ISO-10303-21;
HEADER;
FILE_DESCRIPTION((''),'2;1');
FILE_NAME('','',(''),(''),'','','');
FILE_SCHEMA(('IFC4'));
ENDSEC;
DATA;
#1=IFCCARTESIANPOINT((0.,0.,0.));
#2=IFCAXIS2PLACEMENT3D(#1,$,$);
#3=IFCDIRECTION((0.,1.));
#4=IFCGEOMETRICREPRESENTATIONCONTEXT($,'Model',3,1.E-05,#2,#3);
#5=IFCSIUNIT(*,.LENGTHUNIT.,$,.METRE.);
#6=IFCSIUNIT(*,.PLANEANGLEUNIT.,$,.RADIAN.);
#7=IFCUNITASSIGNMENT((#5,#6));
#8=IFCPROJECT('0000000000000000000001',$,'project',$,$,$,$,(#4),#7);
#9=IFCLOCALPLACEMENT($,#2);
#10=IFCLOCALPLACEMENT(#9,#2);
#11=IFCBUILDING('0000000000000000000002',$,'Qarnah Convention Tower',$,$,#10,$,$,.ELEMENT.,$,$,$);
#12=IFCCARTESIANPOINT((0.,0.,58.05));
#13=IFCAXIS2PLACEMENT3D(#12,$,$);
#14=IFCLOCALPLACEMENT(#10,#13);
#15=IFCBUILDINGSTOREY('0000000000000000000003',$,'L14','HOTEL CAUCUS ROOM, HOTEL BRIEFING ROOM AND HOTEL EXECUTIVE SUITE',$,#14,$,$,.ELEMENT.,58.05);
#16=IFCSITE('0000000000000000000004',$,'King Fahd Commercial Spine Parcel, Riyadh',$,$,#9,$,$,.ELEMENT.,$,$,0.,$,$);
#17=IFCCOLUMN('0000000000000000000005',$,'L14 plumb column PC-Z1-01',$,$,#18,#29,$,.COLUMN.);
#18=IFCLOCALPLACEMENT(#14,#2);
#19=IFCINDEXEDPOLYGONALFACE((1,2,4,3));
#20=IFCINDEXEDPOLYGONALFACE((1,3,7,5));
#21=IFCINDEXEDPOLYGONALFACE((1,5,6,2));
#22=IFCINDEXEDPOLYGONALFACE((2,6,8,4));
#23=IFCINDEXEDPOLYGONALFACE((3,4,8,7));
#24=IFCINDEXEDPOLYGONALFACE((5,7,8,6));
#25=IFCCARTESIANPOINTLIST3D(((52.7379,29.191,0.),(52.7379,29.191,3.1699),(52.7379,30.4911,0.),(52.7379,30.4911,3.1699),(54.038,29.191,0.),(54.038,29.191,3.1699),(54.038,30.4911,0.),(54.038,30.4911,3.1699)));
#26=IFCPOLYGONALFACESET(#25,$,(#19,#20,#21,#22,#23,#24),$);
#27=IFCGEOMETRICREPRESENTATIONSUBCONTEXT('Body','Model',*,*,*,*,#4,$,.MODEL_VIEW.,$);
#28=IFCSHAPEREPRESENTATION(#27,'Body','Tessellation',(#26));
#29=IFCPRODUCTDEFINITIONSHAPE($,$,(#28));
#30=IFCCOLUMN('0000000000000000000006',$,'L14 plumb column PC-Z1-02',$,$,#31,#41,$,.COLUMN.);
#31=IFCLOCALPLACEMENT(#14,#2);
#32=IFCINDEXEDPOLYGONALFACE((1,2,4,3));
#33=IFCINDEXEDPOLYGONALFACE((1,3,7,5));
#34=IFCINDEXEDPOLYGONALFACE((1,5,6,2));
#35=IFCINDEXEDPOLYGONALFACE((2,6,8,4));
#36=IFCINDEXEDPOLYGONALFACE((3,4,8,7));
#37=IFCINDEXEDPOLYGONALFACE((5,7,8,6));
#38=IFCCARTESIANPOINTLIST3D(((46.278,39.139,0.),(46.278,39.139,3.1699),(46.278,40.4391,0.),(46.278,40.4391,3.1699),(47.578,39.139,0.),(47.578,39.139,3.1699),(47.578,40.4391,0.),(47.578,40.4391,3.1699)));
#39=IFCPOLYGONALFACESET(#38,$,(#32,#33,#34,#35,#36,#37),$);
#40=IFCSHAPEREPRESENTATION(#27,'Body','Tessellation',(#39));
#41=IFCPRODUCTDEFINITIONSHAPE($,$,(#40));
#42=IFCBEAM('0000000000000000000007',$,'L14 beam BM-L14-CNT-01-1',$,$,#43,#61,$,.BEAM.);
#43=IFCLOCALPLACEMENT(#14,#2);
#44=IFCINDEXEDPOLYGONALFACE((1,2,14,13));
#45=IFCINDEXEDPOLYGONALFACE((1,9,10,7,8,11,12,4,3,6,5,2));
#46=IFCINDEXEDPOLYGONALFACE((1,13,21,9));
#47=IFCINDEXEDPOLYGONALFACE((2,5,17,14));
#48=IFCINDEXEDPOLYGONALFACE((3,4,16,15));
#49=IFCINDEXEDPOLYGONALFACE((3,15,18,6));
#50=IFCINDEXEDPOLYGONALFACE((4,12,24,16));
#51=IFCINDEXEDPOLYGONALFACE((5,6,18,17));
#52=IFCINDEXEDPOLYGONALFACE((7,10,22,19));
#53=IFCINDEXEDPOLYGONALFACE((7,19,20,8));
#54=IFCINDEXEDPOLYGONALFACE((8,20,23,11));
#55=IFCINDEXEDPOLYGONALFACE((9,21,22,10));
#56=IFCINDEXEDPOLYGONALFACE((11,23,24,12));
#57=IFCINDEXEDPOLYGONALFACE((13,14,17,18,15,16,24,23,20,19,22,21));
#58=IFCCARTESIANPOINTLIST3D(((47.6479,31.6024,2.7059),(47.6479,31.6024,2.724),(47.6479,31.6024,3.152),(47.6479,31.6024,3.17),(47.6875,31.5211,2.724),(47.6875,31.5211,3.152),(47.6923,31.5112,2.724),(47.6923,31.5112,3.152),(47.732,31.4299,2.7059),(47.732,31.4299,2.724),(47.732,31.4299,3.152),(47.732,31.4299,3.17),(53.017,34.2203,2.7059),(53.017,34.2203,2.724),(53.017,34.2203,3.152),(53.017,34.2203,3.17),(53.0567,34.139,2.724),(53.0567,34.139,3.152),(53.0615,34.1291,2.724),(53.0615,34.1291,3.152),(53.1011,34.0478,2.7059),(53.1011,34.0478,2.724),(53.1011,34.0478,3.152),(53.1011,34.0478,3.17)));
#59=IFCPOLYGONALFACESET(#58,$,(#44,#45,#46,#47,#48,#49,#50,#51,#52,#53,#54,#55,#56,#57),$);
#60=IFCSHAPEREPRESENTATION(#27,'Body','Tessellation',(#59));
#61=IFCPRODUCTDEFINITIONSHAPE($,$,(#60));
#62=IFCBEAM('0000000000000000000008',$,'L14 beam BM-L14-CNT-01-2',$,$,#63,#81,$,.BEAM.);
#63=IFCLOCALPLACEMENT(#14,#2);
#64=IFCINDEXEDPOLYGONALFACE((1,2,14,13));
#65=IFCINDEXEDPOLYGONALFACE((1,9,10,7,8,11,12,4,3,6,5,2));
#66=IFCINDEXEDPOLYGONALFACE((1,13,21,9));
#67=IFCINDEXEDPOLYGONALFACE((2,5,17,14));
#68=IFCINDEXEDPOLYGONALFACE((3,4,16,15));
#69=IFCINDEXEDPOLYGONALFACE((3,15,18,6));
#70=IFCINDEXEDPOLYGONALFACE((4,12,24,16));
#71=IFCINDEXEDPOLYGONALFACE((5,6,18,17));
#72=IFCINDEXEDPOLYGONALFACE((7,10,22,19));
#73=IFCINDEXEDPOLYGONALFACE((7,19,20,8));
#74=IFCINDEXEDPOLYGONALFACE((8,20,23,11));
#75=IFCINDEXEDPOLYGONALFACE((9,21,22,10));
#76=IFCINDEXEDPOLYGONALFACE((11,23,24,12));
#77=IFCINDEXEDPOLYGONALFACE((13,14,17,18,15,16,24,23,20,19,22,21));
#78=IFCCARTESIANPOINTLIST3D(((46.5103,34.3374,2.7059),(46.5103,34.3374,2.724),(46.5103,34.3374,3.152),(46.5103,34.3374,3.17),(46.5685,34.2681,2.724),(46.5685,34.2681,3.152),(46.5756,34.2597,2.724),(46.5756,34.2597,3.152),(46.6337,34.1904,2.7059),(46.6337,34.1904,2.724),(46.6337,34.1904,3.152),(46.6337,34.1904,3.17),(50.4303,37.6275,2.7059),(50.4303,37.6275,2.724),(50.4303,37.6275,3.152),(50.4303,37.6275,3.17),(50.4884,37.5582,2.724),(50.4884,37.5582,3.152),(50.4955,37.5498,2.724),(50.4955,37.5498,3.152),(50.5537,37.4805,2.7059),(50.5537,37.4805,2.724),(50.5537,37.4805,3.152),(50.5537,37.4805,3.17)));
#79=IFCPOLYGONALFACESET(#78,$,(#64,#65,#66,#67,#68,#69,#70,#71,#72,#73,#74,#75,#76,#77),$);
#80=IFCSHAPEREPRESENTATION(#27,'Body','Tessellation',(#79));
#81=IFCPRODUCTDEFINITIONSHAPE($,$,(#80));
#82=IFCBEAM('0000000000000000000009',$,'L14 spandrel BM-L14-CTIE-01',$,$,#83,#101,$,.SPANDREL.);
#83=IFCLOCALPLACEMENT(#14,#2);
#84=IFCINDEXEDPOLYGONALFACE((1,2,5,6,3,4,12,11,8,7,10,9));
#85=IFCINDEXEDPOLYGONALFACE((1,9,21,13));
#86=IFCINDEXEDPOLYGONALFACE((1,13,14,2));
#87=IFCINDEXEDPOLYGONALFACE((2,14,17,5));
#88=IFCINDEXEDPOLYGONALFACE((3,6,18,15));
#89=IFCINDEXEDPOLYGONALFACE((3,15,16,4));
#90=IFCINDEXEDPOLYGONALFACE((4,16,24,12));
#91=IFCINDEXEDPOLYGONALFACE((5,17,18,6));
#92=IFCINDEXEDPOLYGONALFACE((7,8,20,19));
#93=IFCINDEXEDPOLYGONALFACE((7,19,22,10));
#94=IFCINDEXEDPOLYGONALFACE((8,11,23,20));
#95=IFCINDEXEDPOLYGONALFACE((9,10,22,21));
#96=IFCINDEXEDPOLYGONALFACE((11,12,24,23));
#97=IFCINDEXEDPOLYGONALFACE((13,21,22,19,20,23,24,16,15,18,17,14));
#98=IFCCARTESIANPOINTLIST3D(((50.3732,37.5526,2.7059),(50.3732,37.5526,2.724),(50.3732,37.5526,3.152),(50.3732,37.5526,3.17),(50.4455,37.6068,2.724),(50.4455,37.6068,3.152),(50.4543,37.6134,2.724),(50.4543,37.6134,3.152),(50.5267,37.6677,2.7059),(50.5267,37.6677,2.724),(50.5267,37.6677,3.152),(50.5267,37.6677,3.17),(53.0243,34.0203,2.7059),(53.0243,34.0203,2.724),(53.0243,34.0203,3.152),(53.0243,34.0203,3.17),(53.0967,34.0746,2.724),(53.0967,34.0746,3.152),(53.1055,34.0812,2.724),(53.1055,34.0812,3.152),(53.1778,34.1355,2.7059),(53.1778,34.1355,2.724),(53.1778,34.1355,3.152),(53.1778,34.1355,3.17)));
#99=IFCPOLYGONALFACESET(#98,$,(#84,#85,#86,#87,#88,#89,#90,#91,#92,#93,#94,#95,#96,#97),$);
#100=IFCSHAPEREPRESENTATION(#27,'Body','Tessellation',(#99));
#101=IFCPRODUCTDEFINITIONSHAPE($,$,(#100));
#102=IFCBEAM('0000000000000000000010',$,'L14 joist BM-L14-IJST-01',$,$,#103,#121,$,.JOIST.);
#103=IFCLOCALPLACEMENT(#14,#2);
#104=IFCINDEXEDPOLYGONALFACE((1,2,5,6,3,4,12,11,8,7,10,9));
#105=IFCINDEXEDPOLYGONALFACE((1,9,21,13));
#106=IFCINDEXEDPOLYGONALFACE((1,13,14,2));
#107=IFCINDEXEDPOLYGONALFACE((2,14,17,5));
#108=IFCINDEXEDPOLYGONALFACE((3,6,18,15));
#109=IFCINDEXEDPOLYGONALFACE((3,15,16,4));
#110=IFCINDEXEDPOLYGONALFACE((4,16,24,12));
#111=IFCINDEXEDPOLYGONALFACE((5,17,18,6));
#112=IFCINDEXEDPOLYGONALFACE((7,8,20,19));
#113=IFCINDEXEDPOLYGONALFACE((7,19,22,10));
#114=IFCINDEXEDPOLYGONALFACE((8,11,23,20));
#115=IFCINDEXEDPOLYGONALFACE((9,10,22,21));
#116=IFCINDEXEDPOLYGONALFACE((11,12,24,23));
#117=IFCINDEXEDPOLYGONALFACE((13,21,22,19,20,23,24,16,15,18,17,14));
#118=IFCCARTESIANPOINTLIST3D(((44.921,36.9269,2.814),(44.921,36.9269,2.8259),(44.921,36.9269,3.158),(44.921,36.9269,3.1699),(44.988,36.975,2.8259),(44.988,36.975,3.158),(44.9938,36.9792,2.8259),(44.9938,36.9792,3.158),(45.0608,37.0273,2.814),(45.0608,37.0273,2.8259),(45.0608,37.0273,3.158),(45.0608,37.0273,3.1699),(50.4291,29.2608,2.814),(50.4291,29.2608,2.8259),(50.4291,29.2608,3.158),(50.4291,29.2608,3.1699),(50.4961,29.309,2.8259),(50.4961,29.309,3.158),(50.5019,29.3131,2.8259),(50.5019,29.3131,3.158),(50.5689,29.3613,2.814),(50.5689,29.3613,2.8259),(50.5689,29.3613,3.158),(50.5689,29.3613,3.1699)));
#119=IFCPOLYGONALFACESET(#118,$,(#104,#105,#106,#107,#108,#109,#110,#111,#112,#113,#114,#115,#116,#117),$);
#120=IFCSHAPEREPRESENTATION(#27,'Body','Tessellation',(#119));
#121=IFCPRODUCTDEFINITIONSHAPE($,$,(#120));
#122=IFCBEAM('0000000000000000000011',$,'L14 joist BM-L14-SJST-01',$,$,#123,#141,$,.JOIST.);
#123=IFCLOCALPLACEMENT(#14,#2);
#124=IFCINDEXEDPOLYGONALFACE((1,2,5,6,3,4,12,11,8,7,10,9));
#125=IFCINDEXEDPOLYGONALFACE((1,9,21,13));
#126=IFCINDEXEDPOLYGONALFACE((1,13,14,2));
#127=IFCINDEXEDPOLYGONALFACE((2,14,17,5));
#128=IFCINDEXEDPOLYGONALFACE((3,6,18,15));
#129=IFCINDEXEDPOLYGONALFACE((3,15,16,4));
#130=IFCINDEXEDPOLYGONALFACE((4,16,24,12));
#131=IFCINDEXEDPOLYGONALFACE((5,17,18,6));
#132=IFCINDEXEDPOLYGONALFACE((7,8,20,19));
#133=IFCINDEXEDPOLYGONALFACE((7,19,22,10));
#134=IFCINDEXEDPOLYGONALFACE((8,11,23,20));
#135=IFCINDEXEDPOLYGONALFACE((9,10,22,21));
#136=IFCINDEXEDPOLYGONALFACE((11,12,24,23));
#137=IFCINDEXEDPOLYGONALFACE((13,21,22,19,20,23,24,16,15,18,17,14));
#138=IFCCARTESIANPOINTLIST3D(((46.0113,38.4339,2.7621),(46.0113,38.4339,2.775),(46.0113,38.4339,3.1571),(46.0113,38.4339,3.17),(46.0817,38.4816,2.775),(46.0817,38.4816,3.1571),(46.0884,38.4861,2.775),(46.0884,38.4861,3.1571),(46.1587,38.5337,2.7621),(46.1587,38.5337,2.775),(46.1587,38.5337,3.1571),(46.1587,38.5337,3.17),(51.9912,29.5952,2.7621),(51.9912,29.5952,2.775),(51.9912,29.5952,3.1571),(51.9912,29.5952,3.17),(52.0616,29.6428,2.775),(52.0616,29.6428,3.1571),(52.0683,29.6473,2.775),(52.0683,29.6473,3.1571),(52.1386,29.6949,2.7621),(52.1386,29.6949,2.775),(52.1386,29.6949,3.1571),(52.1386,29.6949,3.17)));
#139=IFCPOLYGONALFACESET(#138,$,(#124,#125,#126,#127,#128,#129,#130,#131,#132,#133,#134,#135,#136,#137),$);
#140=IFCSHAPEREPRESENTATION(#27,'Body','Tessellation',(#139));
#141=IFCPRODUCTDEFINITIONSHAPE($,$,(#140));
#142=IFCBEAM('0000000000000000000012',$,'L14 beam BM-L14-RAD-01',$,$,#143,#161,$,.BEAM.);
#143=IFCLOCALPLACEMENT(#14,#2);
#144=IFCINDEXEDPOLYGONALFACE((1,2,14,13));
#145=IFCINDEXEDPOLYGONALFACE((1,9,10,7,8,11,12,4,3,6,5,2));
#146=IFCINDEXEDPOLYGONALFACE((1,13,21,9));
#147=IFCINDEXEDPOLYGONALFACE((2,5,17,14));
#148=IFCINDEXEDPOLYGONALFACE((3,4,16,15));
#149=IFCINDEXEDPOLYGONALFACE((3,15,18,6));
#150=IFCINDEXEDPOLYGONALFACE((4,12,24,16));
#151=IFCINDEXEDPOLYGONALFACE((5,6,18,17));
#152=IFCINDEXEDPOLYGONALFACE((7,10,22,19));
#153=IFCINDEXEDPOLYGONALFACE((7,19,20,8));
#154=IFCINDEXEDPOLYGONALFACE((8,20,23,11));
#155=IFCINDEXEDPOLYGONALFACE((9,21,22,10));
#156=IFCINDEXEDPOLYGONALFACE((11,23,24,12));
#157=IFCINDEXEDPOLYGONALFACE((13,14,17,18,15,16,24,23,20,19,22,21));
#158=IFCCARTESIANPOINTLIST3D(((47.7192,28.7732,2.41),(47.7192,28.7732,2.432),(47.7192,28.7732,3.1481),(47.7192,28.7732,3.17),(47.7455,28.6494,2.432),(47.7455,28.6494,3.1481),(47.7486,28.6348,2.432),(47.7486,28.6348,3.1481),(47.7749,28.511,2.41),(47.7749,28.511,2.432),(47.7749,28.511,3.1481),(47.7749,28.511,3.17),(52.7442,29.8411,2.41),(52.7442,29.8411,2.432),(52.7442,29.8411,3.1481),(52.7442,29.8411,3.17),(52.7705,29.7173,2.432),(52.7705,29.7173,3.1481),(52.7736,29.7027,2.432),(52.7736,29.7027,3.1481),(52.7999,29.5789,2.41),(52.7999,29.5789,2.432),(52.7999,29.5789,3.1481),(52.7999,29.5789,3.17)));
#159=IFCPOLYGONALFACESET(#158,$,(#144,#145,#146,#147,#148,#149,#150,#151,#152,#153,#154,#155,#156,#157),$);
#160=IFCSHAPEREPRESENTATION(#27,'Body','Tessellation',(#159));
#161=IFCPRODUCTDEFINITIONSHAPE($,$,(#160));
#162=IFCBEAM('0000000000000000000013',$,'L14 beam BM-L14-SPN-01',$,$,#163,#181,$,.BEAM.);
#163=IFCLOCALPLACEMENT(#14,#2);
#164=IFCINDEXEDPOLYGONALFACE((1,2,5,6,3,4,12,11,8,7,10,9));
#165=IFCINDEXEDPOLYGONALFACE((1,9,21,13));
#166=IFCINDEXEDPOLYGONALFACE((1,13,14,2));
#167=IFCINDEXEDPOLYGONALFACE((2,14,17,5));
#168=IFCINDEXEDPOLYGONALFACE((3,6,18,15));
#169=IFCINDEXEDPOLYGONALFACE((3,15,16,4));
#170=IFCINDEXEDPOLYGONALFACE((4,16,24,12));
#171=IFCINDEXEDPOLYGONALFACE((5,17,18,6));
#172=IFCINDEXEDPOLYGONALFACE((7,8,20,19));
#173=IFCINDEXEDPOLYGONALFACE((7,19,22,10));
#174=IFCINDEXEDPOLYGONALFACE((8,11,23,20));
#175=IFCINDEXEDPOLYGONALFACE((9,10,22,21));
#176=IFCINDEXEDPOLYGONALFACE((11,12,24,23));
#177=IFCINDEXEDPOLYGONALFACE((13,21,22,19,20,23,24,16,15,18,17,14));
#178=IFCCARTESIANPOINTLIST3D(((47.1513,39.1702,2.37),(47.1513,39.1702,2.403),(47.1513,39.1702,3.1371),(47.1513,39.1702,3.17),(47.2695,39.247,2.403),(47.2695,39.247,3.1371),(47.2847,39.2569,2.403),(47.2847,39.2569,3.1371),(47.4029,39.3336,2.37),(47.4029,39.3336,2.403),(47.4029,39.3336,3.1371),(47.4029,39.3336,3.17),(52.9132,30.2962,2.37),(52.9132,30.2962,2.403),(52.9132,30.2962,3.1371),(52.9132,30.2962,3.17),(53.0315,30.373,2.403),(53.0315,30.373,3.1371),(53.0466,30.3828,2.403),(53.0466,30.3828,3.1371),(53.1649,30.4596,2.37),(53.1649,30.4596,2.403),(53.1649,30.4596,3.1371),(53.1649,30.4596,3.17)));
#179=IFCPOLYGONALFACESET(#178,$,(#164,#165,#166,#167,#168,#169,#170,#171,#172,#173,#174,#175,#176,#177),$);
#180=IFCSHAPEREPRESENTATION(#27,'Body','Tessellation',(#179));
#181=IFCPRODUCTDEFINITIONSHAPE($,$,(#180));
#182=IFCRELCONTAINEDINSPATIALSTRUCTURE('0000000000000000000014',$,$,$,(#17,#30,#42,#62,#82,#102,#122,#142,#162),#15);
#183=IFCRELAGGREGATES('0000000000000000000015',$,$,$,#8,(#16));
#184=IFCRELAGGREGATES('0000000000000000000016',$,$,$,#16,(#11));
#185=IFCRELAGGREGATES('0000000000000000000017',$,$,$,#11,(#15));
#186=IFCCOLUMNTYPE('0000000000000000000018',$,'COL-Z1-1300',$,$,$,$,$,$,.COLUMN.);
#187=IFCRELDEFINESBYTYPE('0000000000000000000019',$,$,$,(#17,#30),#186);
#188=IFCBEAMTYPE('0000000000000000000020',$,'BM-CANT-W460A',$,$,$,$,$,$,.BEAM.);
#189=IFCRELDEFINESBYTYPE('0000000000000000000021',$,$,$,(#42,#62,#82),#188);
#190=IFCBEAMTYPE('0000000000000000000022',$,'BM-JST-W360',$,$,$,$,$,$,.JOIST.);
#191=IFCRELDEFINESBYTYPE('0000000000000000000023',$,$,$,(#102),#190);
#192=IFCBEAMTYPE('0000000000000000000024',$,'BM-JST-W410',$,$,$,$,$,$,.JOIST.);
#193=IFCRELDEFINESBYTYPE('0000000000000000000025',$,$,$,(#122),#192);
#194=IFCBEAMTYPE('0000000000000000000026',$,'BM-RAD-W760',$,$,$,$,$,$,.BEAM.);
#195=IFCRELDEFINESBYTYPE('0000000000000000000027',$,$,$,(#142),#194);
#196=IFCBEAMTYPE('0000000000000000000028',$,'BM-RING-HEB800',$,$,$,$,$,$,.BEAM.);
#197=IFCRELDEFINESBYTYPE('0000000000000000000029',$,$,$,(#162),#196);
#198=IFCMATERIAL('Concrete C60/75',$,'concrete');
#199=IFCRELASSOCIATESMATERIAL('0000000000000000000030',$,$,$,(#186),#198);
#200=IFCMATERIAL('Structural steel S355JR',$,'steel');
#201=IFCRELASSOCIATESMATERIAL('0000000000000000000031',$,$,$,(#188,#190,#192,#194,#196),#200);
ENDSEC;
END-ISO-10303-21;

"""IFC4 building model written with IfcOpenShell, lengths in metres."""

from ifc_helpers import new_model, si_unit, direction, frame, origin, origin_2d, place, context, subcontext, project, spatial, rectangle, i_section, extrude, material, material_profile, profile_set, type_object, element, save


model = new_model("IFC4")

# Units and contexts
model_context = context("Model", 3, precision=1e-05, world=origin(), true_north=direction((0.0, 1.0)))
body_context = subcontext(model_context, "Body", "Model", "MODEL_VIEW")
ifc_project = project(units=[si_unit("LENGTHUNIT", "METRE"), si_unit("PLANEANGLEUNIT", "RADIAN")], contexts=[model_context])

# Site, building, storey
site_placement = place(None, origin())
site = spatial("IfcSite", under=ifc_project, at=site_placement, Name="King Fahd Commercial Spine Parcel, Riyadh", CompositionType="ELEMENT", RefElevation=0.0)
building_placement = place(site_placement, origin())
building = spatial("IfcBuilding", under=site, at=building_placement, Name="Qarnah Convention Tower", CompositionType="ELEMENT")
storey_placement = place(building_placement, frame((0.0, 0.0, 58.05)))
storey = spatial("IfcBuildingStorey", under=building, at=storey_placement, Name="L14", Description="HOTEL CAUCUS ROOM, HOTEL BRIEFING ROOM AND HOTEL EXECUTIVE SUITE", CompositionType="ELEMENT", Elevation=58.05)

# Columns
ifc_material_1 = material(Name="Concrete C60/75", Category="concrete")
ifc_material_profile_1 = material_profile(ifc_material_1, rectangle(XDim=1.3, YDim=1.3, at=origin_2d()), Name="RC-COL-1300X1300")
ifc_profile_set_1 = profile_set([ifc_material_profile_1], Name="Concrete C60/75")
column_type = type_object("IfcColumnType", Name="COL-Z1-1300", PredefinedType="COLUMN", material=ifc_profile_set_1)
for number, where, z_axis, x_axis, name in (
    (1, (53.3879, 29.8411, 0.0), (0.0, 0.0, 1.0), (1.0, 0.0, 0.0), "L14 plumb column PC-Z1-01"),
    (2, (46.928, 39.7891, 0.0), (0.0, 0.0, 1.0), (1.0, 0.0, 0.0), "L14 plumb column PC-Z1-02"),
):
    element("IfcColumn", number, at=place(storey_placement, frame(where, z_axis=z_axis, x_axis=x_axis)), inside=storey, type_object=column_type, Name=name, PredefinedType="COLUMN", context=body_context, shape_type="SweptSolid", body=[
        extrude(rectangle(XDim=1.3, YDim=1.3, at=origin_2d()), origin(), (0.0, 0.0, 1.0), 3.1699),
    ])

# Beams
ifc_material_2 = material(Name="Structural steel S355JR", Category="steel")
ifc_material_profile_2 = material_profile(ifc_material_2, i_section(OverallWidth=0.1919, OverallDepth=0.4641, WebThickness=0.011, FlangeThickness=0.0181, at=origin_2d()), Name="W460X89")
ifc_profile_set_2 = profile_set([ifc_material_profile_2], Name="Structural steel S355JR")
beam_type_1 = type_object("IfcBeamType", Name="BM-CANT-W460A", PredefinedType="BEAM", material=ifc_profile_set_2)
beam_1_placement = place(storey_placement, frame((47.6899, 31.5161, 2.938), z_axis=(0.898846, 0.438265, 0.0), x_axis=(-0.438265, 0.898846, 0.0)))
element("IfcBeam", 3, at=beam_1_placement, inside=storey, type_object=beam_type_1, Name="L14 beam BM-L14-CNT-01-1", PredefinedType="BEAM", context=body_context, shape_type="SweptSolid", body=[
    extrude(i_section(OverallWidth=0.1919, OverallDepth=0.4641, WebThickness=0.011, FlangeThickness=0.0181, at=origin_2d()), origin(), (0.0, 0.0, 1.0), 5.9734),
])
beam_2_placement = place(storey_placement, frame((46.572, 34.2639, 2.938), z_axis=(0.765964, 0.642883, 0.0), x_axis=(-0.642883, 0.765964, 0.0)))
element("IfcBeam", 4, at=beam_2_placement, inside=storey, type_object=beam_type_1, Name="L14 beam BM-L14-CNT-01-2", PredefinedType="BEAM", context=body_context, shape_type="SweptSolid", body=[
    extrude(i_section(OverallWidth=0.1919, OverallDepth=0.4641, WebThickness=0.011, FlangeThickness=0.0181, at=origin_2d()), origin(), (0.0, 0.0, 1.0), 5.1177),
])
beam_3_placement = place(storey_placement, frame((53.1011, 34.0779, 2.938), z_axis=(-0.600283, 0.799788, 0.0), x_axis=(-0.799788, -0.600283, 0.0)))
element("IfcBeam", 5, at=beam_3_placement, inside=storey, type_object=beam_type_1, Name="L14 spandrel BM-L14-CTIE-01", PredefinedType="SPANDREL", context=body_context, shape_type="SweptSolid", body=[
    extrude(i_section(OverallWidth=0.1919, OverallDepth=0.4641, WebThickness=0.011, FlangeThickness=0.0181, at=origin_2d()), origin(), (0.0, 0.0, 1.0), 4.4165),
])
ifc_material_profile_3 = material_profile(ifc_material_2, i_section(OverallWidth=0.1721, OverallDepth=0.356, WebThickness=0.0071, FlangeThickness=0.012, at=origin_2d()), Name="W360X51")
ifc_profile_set_3 = profile_set([ifc_material_profile_3], Name="Structural steel S355JR")
beam_type_2 = type_object("IfcBeamType", Name="BM-JST-W360", PredefinedType="JOIST", material=ifc_profile_set_3)
beam_4_placement = place(storey_placement, frame((50.499, 29.311, 2.9919), z_axis=(-0.583504, 0.81211, 0.0), x_axis=(-0.81211, -0.583504, 0.0)))
element("IfcBeam", 6, at=beam_4_placement, inside=storey, type_object=beam_type_2, Name="L14 joist BM-L14-IJST-01", PredefinedType="JOIST", context=body_context, shape_type="SweptSolid", body=[
    extrude(i_section(OverallWidth=0.1721, OverallDepth=0.356, WebThickness=0.0071, FlangeThickness=0.012, at=origin_2d()), origin(), (0.0, 0.0, 1.0), 9.4397),
])
ifc_material_profile_4 = material_profile(ifc_material_2, i_section(OverallWidth=0.178, OverallDepth=0.408, WebThickness=0.0081, FlangeThickness=0.0129, at=origin_2d()), Name="W410X60")
ifc_profile_set_4 = profile_set([ifc_material_profile_4], Name="Structural steel S355JR")
beam_type_3 = type_object("IfcBeamType", Name="BM-JST-W410", PredefinedType="JOIST", material=ifc_profile_set_4)
beam_5_placement = place(storey_placement, frame((52.0649, 29.645, 2.9661), z_axis=(-0.560357, 0.828251, 0.0), x_axis=(-0.828251, -0.560357, 0.0)))
element("IfcBeam", 7, at=beam_5_placement, inside=storey, type_object=beam_type_3, Name="L14 joist BM-L14-SJST-01", PredefinedType="JOIST", context=body_context, shape_type="SweptSolid", body=[
    extrude(i_section(OverallWidth=0.178, OverallDepth=0.408, WebThickness=0.0081, FlangeThickness=0.0129, at=origin_2d()), origin(), (0.0, 0.0, 1.0), 10.6716),
])
ifc_material_profile_5 = material_profile(ifc_material_2, i_section(OverallWidth=0.2681, OverallDepth=0.76, WebThickness=0.0149, FlangeThickness=0.022, at=origin_2d()), Name="W760X185")
ifc_profile_set_5 = profile_set([ifc_material_profile_5], Name="Structural steel S355JR")
beam_type_4 = type_object("IfcBeamType", Name="BM-RAD-W760", PredefinedType="BEAM", material=ifc_profile_set_5)
beam_6_placement = place(storey_placement, frame((47.7471, 28.6421, 2.79), z_axis=(0.978156, 0.207874, 0.0), x_axis=(-0.207874, 0.978156, 0.0)))
element("IfcBeam", 8, at=beam_6_placement, inside=storey, type_object=beam_type_4, Name="L14 beam BM-L14-RAD-01", PredefinedType="BEAM", context=body_context, shape_type="SweptSolid", body=[
    extrude(i_section(OverallWidth=0.2681, OverallDepth=0.76, WebThickness=0.0149, FlangeThickness=0.022, at=origin_2d()), origin(), (0.0, 0.0, 1.0), 5.1372),
])
ifc_material_profile_6 = material_profile(ifc_material_2, i_section(OverallWidth=0.3, OverallDepth=0.8, WebThickness=0.0181, FlangeThickness=0.033, at=origin_2d()), Name="HEB800")
ifc_profile_set_6 = profile_set([ifc_material_profile_6], Name="Structural steel S355JR")
beam_type_5 = type_object("IfcBeamType", Name="BM-RING-HEB800", PredefinedType="BEAM", material=ifc_profile_set_6)
beam_7_placement = place(storey_placement, frame((53.0391, 30.3779, 2.77), z_axis=(-0.54458, 0.838709, 0.0), x_axis=(-0.838709, -0.54458, 0.0)))
element("IfcBeam", 9, at=beam_7_placement, inside=storey, type_object=beam_type_5, Name="L14 beam BM-L14-SPN-01", PredefinedType="BEAM", context=body_context, shape_type="SweptSolid", body=[
    extrude(i_section(OverallWidth=0.3, OverallDepth=0.8, WebThickness=0.0181, FlangeThickness=0.033, at=origin_2d()), origin(), (0.0, 0.0, 1.0), 10.5806),
])

save(model, "model.ifc")
